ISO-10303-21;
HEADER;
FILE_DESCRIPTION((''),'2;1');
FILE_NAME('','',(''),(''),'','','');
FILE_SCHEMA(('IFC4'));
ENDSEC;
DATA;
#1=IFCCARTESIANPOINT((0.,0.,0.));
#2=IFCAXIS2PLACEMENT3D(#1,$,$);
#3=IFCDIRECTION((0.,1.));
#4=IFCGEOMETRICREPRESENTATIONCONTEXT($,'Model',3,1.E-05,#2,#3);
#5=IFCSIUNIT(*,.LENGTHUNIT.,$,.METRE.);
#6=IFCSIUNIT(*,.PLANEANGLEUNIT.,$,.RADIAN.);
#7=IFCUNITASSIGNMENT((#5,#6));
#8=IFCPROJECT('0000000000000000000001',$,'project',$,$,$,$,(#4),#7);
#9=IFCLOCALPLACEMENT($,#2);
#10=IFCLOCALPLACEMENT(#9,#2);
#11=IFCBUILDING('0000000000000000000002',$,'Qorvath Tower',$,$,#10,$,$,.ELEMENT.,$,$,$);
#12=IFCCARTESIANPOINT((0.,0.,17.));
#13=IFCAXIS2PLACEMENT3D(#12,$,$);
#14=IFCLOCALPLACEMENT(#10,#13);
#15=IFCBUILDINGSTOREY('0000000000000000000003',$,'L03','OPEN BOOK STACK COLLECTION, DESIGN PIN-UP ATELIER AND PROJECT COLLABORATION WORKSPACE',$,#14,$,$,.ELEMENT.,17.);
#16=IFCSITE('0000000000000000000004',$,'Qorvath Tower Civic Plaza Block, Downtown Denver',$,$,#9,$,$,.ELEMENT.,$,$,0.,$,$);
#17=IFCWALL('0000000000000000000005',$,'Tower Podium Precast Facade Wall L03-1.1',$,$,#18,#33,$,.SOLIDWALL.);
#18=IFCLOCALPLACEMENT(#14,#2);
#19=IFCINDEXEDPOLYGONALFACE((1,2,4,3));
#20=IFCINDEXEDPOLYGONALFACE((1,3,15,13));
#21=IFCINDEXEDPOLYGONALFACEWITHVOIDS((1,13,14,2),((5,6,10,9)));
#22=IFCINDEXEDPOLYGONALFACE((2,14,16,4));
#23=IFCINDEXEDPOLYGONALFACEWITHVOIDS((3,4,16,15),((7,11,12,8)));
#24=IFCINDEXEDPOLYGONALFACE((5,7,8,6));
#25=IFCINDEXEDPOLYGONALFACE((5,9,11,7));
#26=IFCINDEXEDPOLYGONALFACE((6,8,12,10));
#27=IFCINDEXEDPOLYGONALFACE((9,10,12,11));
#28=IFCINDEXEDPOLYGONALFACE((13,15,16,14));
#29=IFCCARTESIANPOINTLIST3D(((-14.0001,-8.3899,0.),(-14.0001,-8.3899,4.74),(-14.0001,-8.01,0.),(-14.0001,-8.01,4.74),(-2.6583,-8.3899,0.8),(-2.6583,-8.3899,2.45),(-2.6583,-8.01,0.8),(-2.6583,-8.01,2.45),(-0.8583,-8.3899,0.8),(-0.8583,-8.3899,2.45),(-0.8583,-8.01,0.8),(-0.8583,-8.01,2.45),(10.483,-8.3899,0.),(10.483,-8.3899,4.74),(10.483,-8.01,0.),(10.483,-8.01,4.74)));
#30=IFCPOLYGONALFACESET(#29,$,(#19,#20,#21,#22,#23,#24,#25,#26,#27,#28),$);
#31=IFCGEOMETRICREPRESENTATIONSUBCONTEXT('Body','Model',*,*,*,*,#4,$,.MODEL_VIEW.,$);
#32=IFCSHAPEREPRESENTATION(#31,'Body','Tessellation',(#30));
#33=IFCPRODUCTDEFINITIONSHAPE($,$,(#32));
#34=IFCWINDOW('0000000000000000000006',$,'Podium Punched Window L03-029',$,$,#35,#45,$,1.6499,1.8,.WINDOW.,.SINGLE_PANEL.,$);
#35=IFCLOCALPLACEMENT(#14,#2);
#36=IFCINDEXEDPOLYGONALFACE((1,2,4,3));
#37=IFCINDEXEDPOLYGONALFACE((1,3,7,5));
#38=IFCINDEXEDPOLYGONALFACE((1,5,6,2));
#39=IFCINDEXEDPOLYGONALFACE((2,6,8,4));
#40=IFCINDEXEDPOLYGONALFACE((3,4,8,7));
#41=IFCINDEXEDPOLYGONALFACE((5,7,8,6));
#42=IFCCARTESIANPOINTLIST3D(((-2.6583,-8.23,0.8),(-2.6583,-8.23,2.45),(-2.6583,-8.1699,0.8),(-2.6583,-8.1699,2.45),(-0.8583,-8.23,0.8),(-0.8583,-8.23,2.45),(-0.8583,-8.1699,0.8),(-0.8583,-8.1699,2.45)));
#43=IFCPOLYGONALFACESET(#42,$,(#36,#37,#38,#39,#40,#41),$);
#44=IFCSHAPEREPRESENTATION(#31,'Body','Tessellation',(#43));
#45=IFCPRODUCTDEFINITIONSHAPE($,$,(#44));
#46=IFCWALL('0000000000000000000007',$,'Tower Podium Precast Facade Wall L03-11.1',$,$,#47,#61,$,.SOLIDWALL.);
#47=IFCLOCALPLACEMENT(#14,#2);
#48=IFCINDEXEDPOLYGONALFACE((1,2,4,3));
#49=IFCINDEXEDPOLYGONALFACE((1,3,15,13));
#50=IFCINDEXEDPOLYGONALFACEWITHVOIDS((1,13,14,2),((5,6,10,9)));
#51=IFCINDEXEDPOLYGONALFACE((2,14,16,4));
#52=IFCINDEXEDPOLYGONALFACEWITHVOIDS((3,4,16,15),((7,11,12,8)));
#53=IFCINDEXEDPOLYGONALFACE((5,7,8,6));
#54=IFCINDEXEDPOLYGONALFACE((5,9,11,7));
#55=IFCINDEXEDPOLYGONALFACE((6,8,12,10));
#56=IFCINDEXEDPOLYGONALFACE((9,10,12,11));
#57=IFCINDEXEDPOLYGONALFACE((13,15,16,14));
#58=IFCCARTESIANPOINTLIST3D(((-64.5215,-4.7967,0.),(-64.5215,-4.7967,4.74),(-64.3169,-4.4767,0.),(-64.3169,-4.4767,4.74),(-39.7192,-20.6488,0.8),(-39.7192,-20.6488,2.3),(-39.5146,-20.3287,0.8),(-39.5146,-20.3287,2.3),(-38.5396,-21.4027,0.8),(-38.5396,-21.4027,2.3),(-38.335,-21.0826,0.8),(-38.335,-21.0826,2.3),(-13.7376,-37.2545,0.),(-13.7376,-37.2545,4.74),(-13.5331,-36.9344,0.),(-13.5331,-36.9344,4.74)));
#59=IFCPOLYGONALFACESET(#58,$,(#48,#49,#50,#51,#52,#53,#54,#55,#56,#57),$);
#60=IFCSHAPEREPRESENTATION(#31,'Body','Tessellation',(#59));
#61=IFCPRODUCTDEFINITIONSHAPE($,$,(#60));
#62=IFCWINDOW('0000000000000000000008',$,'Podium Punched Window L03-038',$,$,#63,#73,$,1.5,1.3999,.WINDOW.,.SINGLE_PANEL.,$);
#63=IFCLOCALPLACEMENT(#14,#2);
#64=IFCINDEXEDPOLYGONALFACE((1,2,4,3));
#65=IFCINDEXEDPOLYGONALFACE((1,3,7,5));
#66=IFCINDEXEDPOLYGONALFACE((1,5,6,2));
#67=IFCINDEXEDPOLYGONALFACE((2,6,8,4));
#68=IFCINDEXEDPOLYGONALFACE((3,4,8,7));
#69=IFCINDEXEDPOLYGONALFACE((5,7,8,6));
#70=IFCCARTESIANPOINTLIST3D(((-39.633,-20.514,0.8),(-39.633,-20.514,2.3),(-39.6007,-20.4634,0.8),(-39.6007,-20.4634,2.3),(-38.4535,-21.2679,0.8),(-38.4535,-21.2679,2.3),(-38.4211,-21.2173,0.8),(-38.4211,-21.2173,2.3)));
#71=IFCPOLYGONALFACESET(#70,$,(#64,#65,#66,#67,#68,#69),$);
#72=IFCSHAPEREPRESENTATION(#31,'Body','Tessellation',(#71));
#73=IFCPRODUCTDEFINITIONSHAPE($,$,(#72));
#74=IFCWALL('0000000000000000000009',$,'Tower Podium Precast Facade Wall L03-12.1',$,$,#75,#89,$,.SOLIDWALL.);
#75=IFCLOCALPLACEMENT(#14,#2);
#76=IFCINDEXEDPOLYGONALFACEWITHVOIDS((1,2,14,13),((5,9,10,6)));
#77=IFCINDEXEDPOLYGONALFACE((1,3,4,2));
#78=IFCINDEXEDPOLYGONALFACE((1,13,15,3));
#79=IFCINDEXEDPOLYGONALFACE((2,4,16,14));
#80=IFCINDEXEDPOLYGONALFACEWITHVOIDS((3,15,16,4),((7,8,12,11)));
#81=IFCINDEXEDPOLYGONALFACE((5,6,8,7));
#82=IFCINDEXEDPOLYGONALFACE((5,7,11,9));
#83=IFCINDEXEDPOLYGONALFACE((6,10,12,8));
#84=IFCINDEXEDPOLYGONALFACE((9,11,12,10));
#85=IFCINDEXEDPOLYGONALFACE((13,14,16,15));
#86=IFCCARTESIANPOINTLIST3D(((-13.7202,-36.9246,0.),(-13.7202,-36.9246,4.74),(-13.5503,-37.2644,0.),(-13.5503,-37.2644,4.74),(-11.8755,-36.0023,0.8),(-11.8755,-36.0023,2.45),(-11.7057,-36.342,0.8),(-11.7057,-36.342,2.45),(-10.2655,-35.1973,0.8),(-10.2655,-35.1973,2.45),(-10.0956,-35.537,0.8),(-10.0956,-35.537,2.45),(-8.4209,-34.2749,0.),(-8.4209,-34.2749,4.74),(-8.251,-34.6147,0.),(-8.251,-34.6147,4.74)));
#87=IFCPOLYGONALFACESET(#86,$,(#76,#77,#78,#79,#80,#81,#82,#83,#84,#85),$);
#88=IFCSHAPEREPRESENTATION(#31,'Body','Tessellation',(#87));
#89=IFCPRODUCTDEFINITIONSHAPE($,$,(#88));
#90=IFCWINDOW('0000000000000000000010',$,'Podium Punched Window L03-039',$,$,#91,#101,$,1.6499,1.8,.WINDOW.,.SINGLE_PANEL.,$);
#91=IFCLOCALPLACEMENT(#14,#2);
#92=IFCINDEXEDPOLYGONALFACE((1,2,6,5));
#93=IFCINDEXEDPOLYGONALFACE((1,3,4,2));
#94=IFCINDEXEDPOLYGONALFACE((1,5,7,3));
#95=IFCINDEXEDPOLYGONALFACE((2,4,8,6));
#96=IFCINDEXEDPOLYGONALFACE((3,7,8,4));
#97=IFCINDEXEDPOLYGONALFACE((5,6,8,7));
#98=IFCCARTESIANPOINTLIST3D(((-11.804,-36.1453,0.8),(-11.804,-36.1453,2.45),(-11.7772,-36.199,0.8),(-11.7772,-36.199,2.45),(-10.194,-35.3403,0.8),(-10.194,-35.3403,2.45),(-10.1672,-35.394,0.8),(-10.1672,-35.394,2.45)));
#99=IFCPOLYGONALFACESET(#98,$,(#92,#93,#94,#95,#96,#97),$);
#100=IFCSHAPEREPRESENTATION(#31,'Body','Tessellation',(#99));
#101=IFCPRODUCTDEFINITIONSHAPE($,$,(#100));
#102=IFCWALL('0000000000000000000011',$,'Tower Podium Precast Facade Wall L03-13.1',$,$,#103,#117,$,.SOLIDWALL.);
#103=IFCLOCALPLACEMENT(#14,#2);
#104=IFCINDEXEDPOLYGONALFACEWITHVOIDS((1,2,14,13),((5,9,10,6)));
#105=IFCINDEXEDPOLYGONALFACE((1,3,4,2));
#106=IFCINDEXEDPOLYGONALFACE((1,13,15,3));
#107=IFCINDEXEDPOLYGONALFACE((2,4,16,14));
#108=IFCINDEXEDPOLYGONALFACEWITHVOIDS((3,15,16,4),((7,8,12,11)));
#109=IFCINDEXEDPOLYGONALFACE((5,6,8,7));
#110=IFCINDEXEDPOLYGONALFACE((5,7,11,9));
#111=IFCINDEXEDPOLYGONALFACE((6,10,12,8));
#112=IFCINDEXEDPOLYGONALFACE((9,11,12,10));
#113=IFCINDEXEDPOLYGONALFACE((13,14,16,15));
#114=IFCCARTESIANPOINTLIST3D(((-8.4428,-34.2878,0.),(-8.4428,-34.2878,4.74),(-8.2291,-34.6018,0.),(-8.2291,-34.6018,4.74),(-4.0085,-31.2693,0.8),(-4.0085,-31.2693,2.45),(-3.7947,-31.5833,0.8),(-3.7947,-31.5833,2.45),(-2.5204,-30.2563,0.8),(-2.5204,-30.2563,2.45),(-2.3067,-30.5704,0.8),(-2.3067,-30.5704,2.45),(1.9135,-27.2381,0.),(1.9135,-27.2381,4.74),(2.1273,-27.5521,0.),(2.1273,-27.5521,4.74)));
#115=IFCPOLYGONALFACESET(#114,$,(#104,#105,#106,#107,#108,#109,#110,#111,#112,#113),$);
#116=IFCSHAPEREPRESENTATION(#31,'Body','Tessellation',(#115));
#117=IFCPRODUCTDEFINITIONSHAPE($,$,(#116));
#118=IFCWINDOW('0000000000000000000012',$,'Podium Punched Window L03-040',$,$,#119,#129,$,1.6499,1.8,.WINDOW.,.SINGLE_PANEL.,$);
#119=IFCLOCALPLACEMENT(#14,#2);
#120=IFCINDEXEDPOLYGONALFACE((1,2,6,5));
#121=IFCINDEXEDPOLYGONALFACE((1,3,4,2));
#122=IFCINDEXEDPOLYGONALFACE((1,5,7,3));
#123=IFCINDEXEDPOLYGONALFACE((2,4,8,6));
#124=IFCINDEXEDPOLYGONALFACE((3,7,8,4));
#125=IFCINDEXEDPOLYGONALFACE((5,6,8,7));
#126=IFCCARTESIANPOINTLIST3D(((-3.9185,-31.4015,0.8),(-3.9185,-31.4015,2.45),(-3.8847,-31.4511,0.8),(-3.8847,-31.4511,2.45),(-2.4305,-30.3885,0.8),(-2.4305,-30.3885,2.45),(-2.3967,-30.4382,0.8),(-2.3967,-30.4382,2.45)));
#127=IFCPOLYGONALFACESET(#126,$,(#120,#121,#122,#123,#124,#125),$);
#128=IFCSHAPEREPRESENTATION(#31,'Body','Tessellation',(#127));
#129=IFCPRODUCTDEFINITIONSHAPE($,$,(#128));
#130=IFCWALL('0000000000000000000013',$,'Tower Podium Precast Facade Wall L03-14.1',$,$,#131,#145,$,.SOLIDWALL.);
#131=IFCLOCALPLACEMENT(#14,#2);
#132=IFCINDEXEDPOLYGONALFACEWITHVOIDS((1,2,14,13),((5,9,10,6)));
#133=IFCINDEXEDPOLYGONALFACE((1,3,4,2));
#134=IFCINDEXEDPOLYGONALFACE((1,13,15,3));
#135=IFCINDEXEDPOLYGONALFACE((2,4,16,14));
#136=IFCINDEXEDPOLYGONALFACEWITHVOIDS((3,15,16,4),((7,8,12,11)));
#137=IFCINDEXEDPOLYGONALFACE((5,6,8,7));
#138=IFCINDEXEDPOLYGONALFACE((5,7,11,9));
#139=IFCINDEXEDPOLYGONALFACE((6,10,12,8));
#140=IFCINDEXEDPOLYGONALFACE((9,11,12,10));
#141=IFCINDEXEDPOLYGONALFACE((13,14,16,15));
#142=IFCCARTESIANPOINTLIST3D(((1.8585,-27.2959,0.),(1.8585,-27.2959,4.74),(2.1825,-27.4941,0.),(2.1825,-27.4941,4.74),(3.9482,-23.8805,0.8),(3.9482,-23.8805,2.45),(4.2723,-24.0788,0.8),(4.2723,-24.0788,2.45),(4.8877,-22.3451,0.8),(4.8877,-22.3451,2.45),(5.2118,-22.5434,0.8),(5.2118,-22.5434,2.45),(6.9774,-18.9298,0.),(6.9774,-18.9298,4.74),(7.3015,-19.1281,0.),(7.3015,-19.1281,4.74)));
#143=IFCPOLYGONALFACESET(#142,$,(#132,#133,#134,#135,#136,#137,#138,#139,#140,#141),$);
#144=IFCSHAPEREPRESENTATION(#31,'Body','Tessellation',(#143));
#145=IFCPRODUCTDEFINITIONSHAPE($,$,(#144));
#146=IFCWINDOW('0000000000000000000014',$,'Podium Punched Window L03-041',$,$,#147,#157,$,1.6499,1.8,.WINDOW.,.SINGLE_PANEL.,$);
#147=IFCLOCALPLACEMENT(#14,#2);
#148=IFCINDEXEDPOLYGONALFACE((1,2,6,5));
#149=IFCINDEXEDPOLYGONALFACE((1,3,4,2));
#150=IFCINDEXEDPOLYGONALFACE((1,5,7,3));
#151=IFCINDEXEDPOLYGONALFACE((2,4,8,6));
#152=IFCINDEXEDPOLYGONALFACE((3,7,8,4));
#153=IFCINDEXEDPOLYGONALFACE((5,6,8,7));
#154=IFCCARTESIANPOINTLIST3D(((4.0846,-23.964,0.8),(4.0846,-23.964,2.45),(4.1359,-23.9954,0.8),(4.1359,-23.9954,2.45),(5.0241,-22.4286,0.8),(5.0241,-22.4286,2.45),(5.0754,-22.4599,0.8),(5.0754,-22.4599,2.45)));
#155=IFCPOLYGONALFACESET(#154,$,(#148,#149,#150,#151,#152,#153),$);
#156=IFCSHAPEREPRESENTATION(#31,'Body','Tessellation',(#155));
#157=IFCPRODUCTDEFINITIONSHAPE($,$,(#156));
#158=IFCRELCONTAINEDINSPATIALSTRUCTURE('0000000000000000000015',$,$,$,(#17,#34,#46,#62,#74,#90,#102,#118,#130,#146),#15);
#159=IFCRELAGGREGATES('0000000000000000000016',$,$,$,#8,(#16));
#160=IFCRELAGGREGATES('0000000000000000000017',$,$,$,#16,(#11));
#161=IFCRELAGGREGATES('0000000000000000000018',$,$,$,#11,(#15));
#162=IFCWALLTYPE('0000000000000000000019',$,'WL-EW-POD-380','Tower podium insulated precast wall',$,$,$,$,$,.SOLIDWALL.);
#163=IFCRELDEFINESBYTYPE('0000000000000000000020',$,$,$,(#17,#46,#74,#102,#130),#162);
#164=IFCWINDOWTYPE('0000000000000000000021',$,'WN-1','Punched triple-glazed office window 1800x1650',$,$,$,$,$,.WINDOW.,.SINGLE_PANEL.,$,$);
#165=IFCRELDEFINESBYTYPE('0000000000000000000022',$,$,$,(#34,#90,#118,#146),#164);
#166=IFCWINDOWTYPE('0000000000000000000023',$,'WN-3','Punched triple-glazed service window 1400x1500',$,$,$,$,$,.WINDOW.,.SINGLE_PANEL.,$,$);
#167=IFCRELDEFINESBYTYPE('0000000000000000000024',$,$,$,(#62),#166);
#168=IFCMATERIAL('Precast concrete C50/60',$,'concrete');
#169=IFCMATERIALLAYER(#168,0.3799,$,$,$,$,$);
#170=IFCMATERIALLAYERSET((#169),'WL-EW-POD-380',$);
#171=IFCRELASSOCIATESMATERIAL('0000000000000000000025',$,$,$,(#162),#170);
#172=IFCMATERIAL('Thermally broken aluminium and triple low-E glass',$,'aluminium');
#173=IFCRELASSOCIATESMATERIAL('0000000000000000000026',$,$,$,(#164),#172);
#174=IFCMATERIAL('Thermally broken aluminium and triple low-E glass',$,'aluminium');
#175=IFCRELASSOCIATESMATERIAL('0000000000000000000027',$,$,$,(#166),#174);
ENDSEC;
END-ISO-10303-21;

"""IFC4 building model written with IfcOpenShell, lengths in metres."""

from ifc_helpers import new_model, si_unit, direction, frame, frame_2d, origin, place, context, subcontext, project, spatial, rectangle, extrude, material, layer, layer_set, type_object, element, fill, save


model = new_model("IFC4")

# Units and contexts
model_context = context("Model", 3, precision=1e-05, world=origin(), true_north=direction((0.0, 1.0)))
body_context = subcontext(model_context, "Body", "Model", "MODEL_VIEW")
ifc_project = project(units=[si_unit("LENGTHUNIT", "METRE"), si_unit("PLANEANGLEUNIT", "RADIAN")], contexts=[model_context])

# Site, building, storey
site_placement = place(None, origin())
site = spatial("IfcSite", under=ifc_project, at=site_placement, Name="Qorvath Tower Civic Plaza Block, Downtown Denver", CompositionType="ELEMENT", RefElevation=0.0)
building_placement = place(site_placement, origin())
building = spatial("IfcBuilding", under=site, at=building_placement, Name="Qorvath Tower", CompositionType="ELEMENT")
storey_placement = place(building_placement, frame((0.0, 0.0, 17.0)))
storey = spatial("IfcBuildingStorey", under=building, at=storey_placement, Name="L03", Description="OPEN BOOK STACK COLLECTION, DESIGN PIN-UP ATELIER AND PROJECT COLLABORATION WORKSPACE", CompositionType="ELEMENT", Elevation=17.0)

# Walls, openings, windows
ifc_material_1 = material(Name="Precast concrete C50/60", Category="concrete")
ifc_layer_1 = layer(ifc_material_1, 0.3799)
ifc_layer_set_1 = layer_set([ifc_layer_1], Name="WL-EW-POD-380")
wall_type_1 = type_object("IfcWallType", Name="WL-EW-POD-380", Description="Tower podium insulated precast wall", PredefinedType="SOLIDWALL", material=ifc_layer_set_1)
wall_1_placement = place(storey_placement, frame((10.4832, -8.2, 0.0), z_axis=(0.0, 0.0, 1.0), x_axis=(-1.0, 0.0, 0.0)))
wall_1 = element("IfcWall", 1, at=wall_1_placement, inside=storey, type_object=wall_type_1, Name="Tower Podium Precast Facade Wall L03-1.1", PredefinedType="SOLIDWALL", context=body_context, shape_type="SweptSolid", body=[
    extrude(rectangle(XDim=24.4832, YDim=0.3799, at=frame_2d((12.2417, 0.0))), origin(), (0.0, 0.0, 1.0), 4.74),
])
opening_1_placement = place(wall_1_placement, frame((11.3416, 0.0, 0.8)))
opening_1 = element("IfcOpeningElement", 2, at=opening_1_placement, cuts=wall_1, PredefinedType="OPENING", context=body_context, shape_type="SweptSolid", body=[
    extrude(rectangle(XDim=1.8, YDim=1.6499, at=frame_2d((0.8999, 0.825))), frame((0.0, 0.2, 0.0), z_axis=(0.0, -1.0, 0.0), x_axis=(1.0, 0.0, 0.0)), (0.0, 0.0, 1.0), 0.3999),
])
ifc_material_2 = material(Name="Thermally broken aluminium and triple low-E glass", Category="aluminium")
window_type_1 = type_object("IfcWindowType", Name="WN-1", Description="Punched triple-glazed office window 1800x1650", PartitioningType="SINGLE_PANEL", PredefinedType="WINDOW", material=ifc_material_2)
window_1_placement = place(opening_1_placement, origin())
window_1 = element("IfcWindow", 3, at=window_1_placement, inside=storey, type_object=window_type_1, Name="Podium Punched Window L03-029", OverallHeight=1.6499, OverallWidth=1.8, PartitioningType="SINGLE_PANEL", PredefinedType="WINDOW", context=body_context, shape_type="SweptSolid", body=[
    extrude(rectangle(XDim=1.8, YDim=1.6499, at=frame_2d((0.8999, 0.825))), frame((0.0, 0.03, 0.0), z_axis=(0.0, -1.0, 0.0), x_axis=(1.0, 0.0, 0.0)), (0.0, 0.0, 1.0), 0.0601),
])
fill(opening_1, window_1)
wall_2_placement = place(storey_placement, frame((-13.6353, -37.0945, 0.0), z_axis=(0.0, 0.0, 1.0), x_axis=(-0.842602, 0.538536, 0.0)))
wall_2 = element("IfcWall", 4, at=wall_2_placement, inside=storey, type_object=wall_type_1, Name="Tower Podium Precast Facade Wall L03-11.1", PredefinedType="SOLIDWALL", context=body_context, shape_type="SweptSolid", body=[
    extrude(rectangle(XDim=60.2703, YDim=0.3799, at=frame_2d((30.1353, 0.0))), origin(), (0.0, 0.0, 1.0), 4.74),
])
opening_2_placement = place(wall_2_placement, frame((29.4351, 0.0, 0.8)))
opening_2 = element("IfcOpeningElement", 5, at=opening_2_placement, cuts=wall_2, PredefinedType="OPENING", context=body_context, shape_type="SweptSolid", body=[
    extrude(rectangle(XDim=1.3999, YDim=1.5, at=frame_2d((0.7, 0.75))), frame((0.0, 0.2, 0.0), z_axis=(0.0, -1.0, 0.0), x_axis=(1.0, 0.0, 0.0)), (0.0, 0.0, 1.0), 0.3999),
])
ifc_material_3 = material(Name="Thermally broken aluminium and triple low-E glass", Category="aluminium")
window_type_2 = type_object("IfcWindowType", Name="WN-3", Description="Punched triple-glazed service window 1400x1500", PartitioningType="SINGLE_PANEL", PredefinedType="WINDOW", material=ifc_material_3)
window_2_placement = place(opening_2_placement, origin())
window_2 = element("IfcWindow", 6, at=window_2_placement, inside=storey, type_object=window_type_2, Name="Podium Punched Window L03-038", OverallHeight=1.5, OverallWidth=1.3999, PartitioningType="SINGLE_PANEL", PredefinedType="WINDOW", context=body_context, shape_type="SweptSolid", body=[
    extrude(rectangle(XDim=1.3999, YDim=1.5, at=frame_2d((0.7, 0.75))), frame((0.0, 0.03, 0.0), z_axis=(0.0, -1.0, 0.0), x_axis=(1.0, 0.0, 0.0)), (0.0, 0.0, 1.0), 0.0601),
])
fill(opening_2, window_2)
wall_3_placement = place(storey_placement, frame((-8.3359, -34.4448, 0.0), z_axis=(0.0, 0.0, 1.0), x_axis=(-0.894427, -0.447214, 0.0)))
wall_3 = element("IfcWall", 7, at=wall_3_placement, inside=storey, type_object=wall_type_1, Name="Tower Podium Precast Facade Wall L03-12.1", PredefinedType="SOLIDWALL", context=body_context, shape_type="SweptSolid", body=[
    extrude(rectangle(XDim=5.9248, YDim=0.3799, at=frame_2d((2.9624, 0.0))), origin(), (0.0, 0.0, 1.0), 4.74),
])
opening_3_placement = place(wall_3_placement, frame((2.0625, 0.0, 0.8)))
opening_3 = element("IfcOpeningElement", 8, at=opening_3_placement, cuts=wall_3, PredefinedType="OPENING", context=body_context, shape_type="SweptSolid", body=[
    extrude(rectangle(XDim=1.8, YDim=1.6499, at=frame_2d((0.8999, 0.825))), frame((0.0, 0.2, 0.0), z_axis=(0.0, -1.0, 0.0), x_axis=(1.0, 0.0, 0.0)), (0.0, 0.0, 1.0), 0.3999),
])
window_3_placement = place(opening_3_placement, origin())
window_3 = element("IfcWindow", 9, at=window_3_placement, inside=storey, type_object=window_type_1, Name="Podium Punched Window L03-039", OverallHeight=1.6499, OverallWidth=1.8, PartitioningType="SINGLE_PANEL", PredefinedType="WINDOW", context=body_context, shape_type="SweptSolid", body=[
    extrude(rectangle(XDim=1.8, YDim=1.6499, at=frame_2d((0.8999, 0.825))), frame((0.0, 0.03, 0.0), z_axis=(0.0, -1.0, 0.0), x_axis=(1.0, 0.0, 0.0)), (0.0, 0.0, 1.0), 0.0601),
])
fill(opening_3, window_3)
wall_4_placement = place(storey_placement, frame((2.0205, -27.395, 0.0), z_axis=(0.0, 0.0, 1.0), x_axis=(-0.826651, -0.562715, 0.0)))
wall_4 = element("IfcWall", 10, at=wall_4_placement, inside=storey, type_object=wall_type_1, Name="Tower Podium Precast Facade Wall L03-13.1", PredefinedType="SOLIDWALL", context=body_context, shape_type="SweptSolid", body=[
    extrude(rectangle(XDim=12.5281, YDim=0.3799, at=frame_2d((6.2642, 0.0))), origin(), (0.0, 0.0, 1.0), 4.74),
])
opening_4_placement = place(wall_4_placement, frame((5.364, 0.0, 0.8)))
opening_4 = element("IfcOpeningElement", 11, at=opening_4_placement, cuts=wall_4, PredefinedType="OPENING", context=body_context, shape_type="SweptSolid", body=[
    extrude(rectangle(XDim=1.8, YDim=1.6499, at=frame_2d((0.8999, 0.825))), frame((0.0, 0.2, 0.0), z_axis=(0.0, -1.0, 0.0), x_axis=(1.0, 0.0, 0.0)), (0.0, 0.0, 1.0), 0.3999),
])
window_4_placement = place(opening_4_placement, origin())
window_4 = element("IfcWindow", 12, at=window_4_placement, inside=storey, type_object=window_type_1, Name="Podium Punched Window L03-040", OverallHeight=1.6499, OverallWidth=1.8, PartitioningType="SINGLE_PANEL", PredefinedType="WINDOW", context=body_context, shape_type="SweptSolid", body=[
    extrude(rectangle(XDim=1.8, YDim=1.6499, at=frame_2d((0.8999, 0.825))), frame((0.0, 0.03, 0.0), z_axis=(0.0, -1.0, 0.0), x_axis=(1.0, 0.0, 0.0)), (0.0, 0.0, 1.0), 0.0601),
])
fill(opening_4, window_4)
wall_5_placement = place(storey_placement, frame((7.1394, -19.0291, 0.0), z_axis=(0.0, 0.0, 1.0), x_axis=(-0.521922, -0.852993, 0.0)))
wall_5 = element("IfcWall", 13, at=wall_5_placement, inside=storey, type_object=wall_type_1, Name="Tower Podium Precast Facade Wall L03-14.1", PredefinedType="SOLIDWALL", context=body_context, shape_type="SweptSolid", body=[
    extrude(rectangle(XDim=9.8079, YDim=0.3799, at=frame_2d((4.9038, 0.0))), origin(), (0.0, 0.0, 1.0), 4.74),
])
opening_5_placement = place(wall_5_placement, frame((4.0039, 0.0, 0.8)))
opening_5 = element("IfcOpeningElement", 14, at=opening_5_placement, cuts=wall_5, PredefinedType="OPENING", context=body_context, shape_type="SweptSolid", body=[
    extrude(rectangle(XDim=1.8, YDim=1.6499, at=frame_2d((0.8999, 0.825))), frame((0.0, 0.2, 0.0), z_axis=(0.0, -1.0, 0.0), x_axis=(1.0, 0.0, 0.0)), (0.0, 0.0, 1.0), 0.3999),
])
window_5_placement = place(opening_5_placement, origin())
window_5 = element("IfcWindow", 15, at=window_5_placement, inside=storey, type_object=window_type_1, Name="Podium Punched Window L03-041", OverallHeight=1.6499, OverallWidth=1.8, PartitioningType="SINGLE_PANEL", PredefinedType="WINDOW", context=body_context, shape_type="SweptSolid", body=[
    extrude(rectangle(XDim=1.8, YDim=1.6499, at=frame_2d((0.8999, 0.825))), frame((0.0, 0.03, 0.0), z_axis=(0.0, -1.0, 0.0), x_axis=(1.0, 0.0, 0.0)), (0.0, 0.0, 1.0), 0.0601),
])
fill(opening_5, window_5)

save(model, "model.ifc")
